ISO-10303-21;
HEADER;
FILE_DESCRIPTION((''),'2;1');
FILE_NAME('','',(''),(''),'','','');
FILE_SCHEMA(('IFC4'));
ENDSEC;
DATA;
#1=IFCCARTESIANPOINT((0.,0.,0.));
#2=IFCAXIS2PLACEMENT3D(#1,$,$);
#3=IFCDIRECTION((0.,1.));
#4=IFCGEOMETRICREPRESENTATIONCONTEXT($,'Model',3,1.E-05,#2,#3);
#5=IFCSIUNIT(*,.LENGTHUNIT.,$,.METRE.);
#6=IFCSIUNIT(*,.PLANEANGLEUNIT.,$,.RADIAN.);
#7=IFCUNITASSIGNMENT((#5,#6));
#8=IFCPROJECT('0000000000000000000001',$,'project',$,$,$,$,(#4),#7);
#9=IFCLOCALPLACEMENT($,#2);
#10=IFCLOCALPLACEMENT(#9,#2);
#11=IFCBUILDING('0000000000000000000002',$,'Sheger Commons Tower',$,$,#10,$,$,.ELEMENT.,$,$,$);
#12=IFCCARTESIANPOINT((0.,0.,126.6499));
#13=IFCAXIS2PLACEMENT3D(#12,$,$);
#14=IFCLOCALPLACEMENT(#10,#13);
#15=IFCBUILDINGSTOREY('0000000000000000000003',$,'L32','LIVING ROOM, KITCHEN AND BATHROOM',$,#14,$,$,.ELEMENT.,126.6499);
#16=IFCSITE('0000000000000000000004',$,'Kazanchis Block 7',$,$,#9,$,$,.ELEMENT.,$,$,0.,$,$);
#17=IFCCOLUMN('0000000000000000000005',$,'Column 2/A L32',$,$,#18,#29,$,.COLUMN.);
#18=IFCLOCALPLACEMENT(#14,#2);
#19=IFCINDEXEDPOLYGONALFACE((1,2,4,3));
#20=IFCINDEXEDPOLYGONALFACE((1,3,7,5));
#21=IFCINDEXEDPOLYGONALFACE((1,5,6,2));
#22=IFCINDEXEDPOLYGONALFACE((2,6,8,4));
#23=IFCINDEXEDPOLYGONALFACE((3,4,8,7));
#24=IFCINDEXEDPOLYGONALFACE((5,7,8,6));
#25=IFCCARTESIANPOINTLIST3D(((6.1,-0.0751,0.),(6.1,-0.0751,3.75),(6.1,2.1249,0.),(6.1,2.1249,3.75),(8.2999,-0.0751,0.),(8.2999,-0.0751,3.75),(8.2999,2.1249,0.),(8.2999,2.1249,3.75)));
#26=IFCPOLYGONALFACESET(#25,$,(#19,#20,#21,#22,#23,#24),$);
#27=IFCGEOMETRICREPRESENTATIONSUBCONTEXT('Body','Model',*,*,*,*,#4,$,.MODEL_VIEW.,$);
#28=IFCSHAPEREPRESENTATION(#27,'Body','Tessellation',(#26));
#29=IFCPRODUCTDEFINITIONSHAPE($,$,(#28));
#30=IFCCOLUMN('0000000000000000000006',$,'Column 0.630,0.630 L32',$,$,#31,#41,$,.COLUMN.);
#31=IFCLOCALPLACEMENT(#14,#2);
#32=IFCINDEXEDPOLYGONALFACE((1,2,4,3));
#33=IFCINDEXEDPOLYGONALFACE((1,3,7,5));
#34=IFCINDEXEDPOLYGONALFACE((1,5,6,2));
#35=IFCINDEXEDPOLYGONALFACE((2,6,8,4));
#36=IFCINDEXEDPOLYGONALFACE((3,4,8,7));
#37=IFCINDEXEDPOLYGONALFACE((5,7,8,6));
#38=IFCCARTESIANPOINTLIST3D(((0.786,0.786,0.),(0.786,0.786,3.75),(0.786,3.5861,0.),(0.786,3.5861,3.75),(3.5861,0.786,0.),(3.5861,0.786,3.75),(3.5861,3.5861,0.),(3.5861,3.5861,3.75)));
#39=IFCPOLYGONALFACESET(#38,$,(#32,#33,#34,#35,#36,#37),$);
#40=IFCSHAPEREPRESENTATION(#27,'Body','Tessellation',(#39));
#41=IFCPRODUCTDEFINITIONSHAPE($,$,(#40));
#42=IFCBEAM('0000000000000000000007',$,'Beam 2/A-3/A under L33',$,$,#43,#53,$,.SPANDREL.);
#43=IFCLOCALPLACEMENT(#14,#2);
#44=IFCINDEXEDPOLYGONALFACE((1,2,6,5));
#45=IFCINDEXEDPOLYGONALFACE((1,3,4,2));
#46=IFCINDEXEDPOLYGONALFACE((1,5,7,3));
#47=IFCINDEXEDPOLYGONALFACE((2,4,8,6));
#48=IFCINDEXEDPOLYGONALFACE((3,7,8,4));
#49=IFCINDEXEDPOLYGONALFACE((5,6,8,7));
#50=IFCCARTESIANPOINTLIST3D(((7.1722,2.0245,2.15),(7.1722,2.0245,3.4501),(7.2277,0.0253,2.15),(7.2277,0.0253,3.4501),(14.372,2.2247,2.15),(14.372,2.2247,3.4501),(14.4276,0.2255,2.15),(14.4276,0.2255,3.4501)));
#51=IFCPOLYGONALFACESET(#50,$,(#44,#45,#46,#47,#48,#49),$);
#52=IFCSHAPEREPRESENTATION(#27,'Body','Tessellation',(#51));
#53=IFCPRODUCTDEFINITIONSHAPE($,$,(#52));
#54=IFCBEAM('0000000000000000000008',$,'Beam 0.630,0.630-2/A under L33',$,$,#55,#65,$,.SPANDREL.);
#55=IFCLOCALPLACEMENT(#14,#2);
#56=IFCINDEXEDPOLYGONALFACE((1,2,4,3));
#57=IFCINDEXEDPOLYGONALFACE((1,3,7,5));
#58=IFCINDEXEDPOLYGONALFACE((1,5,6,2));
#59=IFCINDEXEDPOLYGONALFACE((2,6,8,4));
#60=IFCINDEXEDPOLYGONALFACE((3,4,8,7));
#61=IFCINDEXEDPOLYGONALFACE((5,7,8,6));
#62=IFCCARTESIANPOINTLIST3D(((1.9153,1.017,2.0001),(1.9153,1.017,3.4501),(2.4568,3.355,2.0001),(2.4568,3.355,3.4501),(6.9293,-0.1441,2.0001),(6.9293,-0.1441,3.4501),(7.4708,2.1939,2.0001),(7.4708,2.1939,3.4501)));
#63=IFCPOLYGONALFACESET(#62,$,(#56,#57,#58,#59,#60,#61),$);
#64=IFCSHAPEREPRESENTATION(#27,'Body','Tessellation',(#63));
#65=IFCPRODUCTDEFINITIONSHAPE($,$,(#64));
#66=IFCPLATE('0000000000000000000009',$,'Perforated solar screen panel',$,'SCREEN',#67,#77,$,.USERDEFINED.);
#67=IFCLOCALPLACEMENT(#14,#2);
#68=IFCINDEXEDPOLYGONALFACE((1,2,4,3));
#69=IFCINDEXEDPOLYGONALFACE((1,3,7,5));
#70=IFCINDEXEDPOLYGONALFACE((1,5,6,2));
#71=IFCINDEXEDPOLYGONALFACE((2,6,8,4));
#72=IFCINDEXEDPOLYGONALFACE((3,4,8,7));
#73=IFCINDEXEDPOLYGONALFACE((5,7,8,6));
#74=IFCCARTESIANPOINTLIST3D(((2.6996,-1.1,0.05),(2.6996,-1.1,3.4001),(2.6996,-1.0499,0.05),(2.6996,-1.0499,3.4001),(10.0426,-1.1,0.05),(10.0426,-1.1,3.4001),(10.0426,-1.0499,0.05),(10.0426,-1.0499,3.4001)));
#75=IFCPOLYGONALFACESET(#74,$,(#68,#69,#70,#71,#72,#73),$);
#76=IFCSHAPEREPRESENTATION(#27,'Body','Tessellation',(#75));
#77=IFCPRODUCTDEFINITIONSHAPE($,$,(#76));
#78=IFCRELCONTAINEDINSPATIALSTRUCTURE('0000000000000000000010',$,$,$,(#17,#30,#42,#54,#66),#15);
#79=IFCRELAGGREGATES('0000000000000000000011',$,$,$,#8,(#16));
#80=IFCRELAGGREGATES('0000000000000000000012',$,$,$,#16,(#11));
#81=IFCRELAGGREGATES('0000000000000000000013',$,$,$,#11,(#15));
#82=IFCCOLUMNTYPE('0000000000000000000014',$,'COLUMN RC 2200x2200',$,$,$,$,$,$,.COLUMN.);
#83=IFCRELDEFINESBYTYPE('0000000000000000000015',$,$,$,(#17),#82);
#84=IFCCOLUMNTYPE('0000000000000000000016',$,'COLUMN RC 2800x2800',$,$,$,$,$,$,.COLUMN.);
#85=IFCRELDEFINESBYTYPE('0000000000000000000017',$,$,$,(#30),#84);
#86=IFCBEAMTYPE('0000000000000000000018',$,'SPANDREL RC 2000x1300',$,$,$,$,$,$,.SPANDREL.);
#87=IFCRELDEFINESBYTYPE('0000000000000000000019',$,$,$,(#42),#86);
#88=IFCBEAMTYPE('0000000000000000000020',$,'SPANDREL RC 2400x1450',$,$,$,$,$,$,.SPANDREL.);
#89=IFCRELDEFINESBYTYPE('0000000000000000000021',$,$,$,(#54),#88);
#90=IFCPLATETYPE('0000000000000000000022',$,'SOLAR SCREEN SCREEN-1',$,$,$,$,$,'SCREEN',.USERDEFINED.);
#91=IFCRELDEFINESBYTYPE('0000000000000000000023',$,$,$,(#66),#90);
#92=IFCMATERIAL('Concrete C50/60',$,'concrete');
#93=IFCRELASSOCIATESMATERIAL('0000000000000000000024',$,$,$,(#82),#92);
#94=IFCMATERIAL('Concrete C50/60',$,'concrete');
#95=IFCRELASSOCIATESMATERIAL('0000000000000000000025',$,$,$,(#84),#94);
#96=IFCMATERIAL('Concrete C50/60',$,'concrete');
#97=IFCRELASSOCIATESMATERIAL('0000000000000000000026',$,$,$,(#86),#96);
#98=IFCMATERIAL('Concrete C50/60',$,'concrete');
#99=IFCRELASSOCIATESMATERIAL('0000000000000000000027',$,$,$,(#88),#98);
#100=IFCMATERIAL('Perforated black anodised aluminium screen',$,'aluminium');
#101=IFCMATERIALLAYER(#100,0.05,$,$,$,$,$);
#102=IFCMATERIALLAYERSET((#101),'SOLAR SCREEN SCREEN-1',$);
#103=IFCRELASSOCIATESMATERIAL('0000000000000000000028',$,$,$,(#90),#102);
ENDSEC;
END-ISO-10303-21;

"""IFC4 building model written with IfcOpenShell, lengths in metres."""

from ifc_helpers import new_model, si_unit, direction, frame, origin, origin_2d, place, context, subcontext, project, spatial, rectangle, extrude, material, layer, layer_set, material_profile, profile_set, type_object, element, save


model = new_model("IFC4")

# Units and contexts
model_context = context("Model", 3, precision=1e-05, world=origin(), true_north=direction((0.0, 1.0)))
body_context = subcontext(model_context, "Body", "Model", "MODEL_VIEW")
ifc_project = project(units=[si_unit("LENGTHUNIT", "METRE"), si_unit("PLANEANGLEUNIT", "RADIAN")], contexts=[model_context])

# Site, building, storey
site_placement = place(None, origin())
site = spatial("IfcSite", under=ifc_project, at=site_placement, Name="Kazanchis Block 7", CompositionType="ELEMENT", RefElevation=0.0)
building_placement = place(site_placement, origin())
building = spatial("IfcBuilding", under=site, at=building_placement, Name="Sheger Commons Tower", CompositionType="ELEMENT")
storey_placement = place(building_placement, frame((0.0, 0.0, 126.6499)))
storey = spatial("IfcBuildingStorey", under=building, at=storey_placement, Name="L32", Description="LIVING ROOM, KITCHEN AND BATHROOM", CompositionType="ELEMENT", Elevation=126.6499)

# Columns
ifc_material_1 = material(Name="Concrete C50/60", Category="concrete")
ifc_material_profile_1 = material_profile(ifc_material_1, rectangle(XDim=2.2, YDim=2.2, at=origin_2d()), Name="RC 2200x2200")
ifc_profile_set_1 = profile_set([ifc_material_profile_1], Name="Concrete C50/60")
column_type_1 = type_object("IfcColumnType", Name="COLUMN RC 2200x2200", PredefinedType="COLUMN", material=ifc_profile_set_1)
column_1_placement = place(storey_placement, frame((7.2, 1.0249, 0.0), z_axis=(0.0, 0.0, 1.0), x_axis=(1.0, 0.0, 0.0)))
element("IfcColumn", 1, at=column_1_placement, inside=storey, type_object=column_type_1, Name="Column 2/A L32", PredefinedType="COLUMN", context=body_context, shape_type="SweptSolid", body=[
    extrude(rectangle(XDim=2.2, YDim=2.2, at=origin_2d()), origin(), (0.0, 0.0, 1.0), 3.75),
])
ifc_material_2 = material(Name="Concrete C50/60", Category="concrete")
ifc_material_profile_2 = material_profile(ifc_material_2, rectangle(XDim=2.8, YDim=2.8, at=origin_2d()), Name="RC 2800x2800")
ifc_profile_set_2 = profile_set([ifc_material_profile_2], Name="Concrete C50/60")
column_type_2 = type_object("IfcColumnType", Name="COLUMN RC 2800x2800", PredefinedType="COLUMN", material=ifc_profile_set_2)
column_2_placement = place(storey_placement, frame((2.186, 2.186, 0.0), z_axis=(0.0, 0.0, 1.0), x_axis=(1.0, 0.0, 0.0)))
element("IfcColumn", 2, at=column_2_placement, inside=storey, type_object=column_type_2, Name="Column 0.630,0.630 L32", PredefinedType="COLUMN", context=body_context, shape_type="SweptSolid", body=[
    extrude(rectangle(XDim=2.8, YDim=2.8, at=origin_2d()), origin(), (0.0, 0.0, 1.0), 3.75),
])

# Beams
ifc_material_3 = material(Name="Concrete C50/60", Category="concrete")
ifc_material_profile_3 = material_profile(ifc_material_3, rectangle(XDim=2.0, YDim=1.3, at=origin_2d()), Name="RC 2000x1300")
ifc_profile_set_3 = profile_set([ifc_material_profile_3], Name="Concrete C50/60")
beam_type_1 = type_object("IfcBeamType", Name="SPANDREL RC 2000x1300", PredefinedType="SPANDREL", material=ifc_profile_set_3)
beam_1_placement = place(storey_placement, frame((7.2, 1.0249, 2.8), z_axis=(0.999614, 0.027794, 0.0), x_axis=(-0.027794, 0.999614, 0.0)))
element("IfcBeam", 3, at=beam_1_placement, inside=storey, type_object=beam_type_1, Name="Beam 2/A-3/A under L33", PredefinedType="SPANDREL", context=body_context, shape_type="SweptSolid", body=[
    extrude(rectangle(XDim=2.0, YDim=1.3, at=origin_2d()), origin(), (0.0, 0.0, 1.0), 7.2026),
])
ifc_material_4 = material(Name="Concrete C50/60", Category="concrete")
ifc_material_profile_4 = material_profile(ifc_material_4, rectangle(XDim=2.3999, YDim=1.45, at=origin_2d()), Name="RC 2400x1450")
ifc_profile_set_4 = profile_set([ifc_material_profile_4], Name="Concrete C50/60")
beam_type_2 = type_object("IfcBeamType", Name="SPANDREL RC 2400x1450", PredefinedType="SPANDREL", material=ifc_profile_set_4)
beam_2_placement = place(storey_placement, frame((2.186, 2.186, 2.7251), z_axis=(0.974217, -0.225611, 0.0), x_axis=(0.225611, 0.974217, 0.0)))
element("IfcBeam", 4, at=beam_2_placement, inside=storey, type_object=beam_type_2, Name="Beam 0.630,0.630-2/A under L33", PredefinedType="SPANDREL", context=body_context, shape_type="SweptSolid", body=[
    extrude(rectangle(XDim=2.3999, YDim=1.45, at=origin_2d()), origin(), (0.0, 0.0, 1.0), 5.1467),
])

# Plate
ifc_material_5 = material(Name="Perforated black anodised aluminium screen", Category="aluminium")
ifc_layer_1 = layer(ifc_material_5, 0.05)
ifc_layer_set_1 = layer_set([ifc_layer_1], Name="SOLAR SCREEN SCREEN-1")
plate_type = type_object("IfcPlateType", Name="SOLAR SCREEN SCREEN-1", ElementType="SCREEN", PredefinedType="USERDEFINED", material=ifc_layer_set_1)
plate_placement = place(storey_placement, frame((6.3711, -1.075, 0.05), z_axis=(0.0, 0.0, 1.0), x_axis=(1.0, 0.0, 0.0)))
element("IfcPlate", 5, at=plate_placement, inside=storey, type_object=plate_type, Name="Perforated solar screen panel", ObjectType="SCREEN", PredefinedType="USERDEFINED", context=body_context, shape_type="SweptSolid", body=[
    extrude(rectangle(XDim=7.343, YDim=0.05, at=origin_2d()), origin(), (0.0, 0.0, 1.0), 3.3501),
])

save(model, "model.ifc")
